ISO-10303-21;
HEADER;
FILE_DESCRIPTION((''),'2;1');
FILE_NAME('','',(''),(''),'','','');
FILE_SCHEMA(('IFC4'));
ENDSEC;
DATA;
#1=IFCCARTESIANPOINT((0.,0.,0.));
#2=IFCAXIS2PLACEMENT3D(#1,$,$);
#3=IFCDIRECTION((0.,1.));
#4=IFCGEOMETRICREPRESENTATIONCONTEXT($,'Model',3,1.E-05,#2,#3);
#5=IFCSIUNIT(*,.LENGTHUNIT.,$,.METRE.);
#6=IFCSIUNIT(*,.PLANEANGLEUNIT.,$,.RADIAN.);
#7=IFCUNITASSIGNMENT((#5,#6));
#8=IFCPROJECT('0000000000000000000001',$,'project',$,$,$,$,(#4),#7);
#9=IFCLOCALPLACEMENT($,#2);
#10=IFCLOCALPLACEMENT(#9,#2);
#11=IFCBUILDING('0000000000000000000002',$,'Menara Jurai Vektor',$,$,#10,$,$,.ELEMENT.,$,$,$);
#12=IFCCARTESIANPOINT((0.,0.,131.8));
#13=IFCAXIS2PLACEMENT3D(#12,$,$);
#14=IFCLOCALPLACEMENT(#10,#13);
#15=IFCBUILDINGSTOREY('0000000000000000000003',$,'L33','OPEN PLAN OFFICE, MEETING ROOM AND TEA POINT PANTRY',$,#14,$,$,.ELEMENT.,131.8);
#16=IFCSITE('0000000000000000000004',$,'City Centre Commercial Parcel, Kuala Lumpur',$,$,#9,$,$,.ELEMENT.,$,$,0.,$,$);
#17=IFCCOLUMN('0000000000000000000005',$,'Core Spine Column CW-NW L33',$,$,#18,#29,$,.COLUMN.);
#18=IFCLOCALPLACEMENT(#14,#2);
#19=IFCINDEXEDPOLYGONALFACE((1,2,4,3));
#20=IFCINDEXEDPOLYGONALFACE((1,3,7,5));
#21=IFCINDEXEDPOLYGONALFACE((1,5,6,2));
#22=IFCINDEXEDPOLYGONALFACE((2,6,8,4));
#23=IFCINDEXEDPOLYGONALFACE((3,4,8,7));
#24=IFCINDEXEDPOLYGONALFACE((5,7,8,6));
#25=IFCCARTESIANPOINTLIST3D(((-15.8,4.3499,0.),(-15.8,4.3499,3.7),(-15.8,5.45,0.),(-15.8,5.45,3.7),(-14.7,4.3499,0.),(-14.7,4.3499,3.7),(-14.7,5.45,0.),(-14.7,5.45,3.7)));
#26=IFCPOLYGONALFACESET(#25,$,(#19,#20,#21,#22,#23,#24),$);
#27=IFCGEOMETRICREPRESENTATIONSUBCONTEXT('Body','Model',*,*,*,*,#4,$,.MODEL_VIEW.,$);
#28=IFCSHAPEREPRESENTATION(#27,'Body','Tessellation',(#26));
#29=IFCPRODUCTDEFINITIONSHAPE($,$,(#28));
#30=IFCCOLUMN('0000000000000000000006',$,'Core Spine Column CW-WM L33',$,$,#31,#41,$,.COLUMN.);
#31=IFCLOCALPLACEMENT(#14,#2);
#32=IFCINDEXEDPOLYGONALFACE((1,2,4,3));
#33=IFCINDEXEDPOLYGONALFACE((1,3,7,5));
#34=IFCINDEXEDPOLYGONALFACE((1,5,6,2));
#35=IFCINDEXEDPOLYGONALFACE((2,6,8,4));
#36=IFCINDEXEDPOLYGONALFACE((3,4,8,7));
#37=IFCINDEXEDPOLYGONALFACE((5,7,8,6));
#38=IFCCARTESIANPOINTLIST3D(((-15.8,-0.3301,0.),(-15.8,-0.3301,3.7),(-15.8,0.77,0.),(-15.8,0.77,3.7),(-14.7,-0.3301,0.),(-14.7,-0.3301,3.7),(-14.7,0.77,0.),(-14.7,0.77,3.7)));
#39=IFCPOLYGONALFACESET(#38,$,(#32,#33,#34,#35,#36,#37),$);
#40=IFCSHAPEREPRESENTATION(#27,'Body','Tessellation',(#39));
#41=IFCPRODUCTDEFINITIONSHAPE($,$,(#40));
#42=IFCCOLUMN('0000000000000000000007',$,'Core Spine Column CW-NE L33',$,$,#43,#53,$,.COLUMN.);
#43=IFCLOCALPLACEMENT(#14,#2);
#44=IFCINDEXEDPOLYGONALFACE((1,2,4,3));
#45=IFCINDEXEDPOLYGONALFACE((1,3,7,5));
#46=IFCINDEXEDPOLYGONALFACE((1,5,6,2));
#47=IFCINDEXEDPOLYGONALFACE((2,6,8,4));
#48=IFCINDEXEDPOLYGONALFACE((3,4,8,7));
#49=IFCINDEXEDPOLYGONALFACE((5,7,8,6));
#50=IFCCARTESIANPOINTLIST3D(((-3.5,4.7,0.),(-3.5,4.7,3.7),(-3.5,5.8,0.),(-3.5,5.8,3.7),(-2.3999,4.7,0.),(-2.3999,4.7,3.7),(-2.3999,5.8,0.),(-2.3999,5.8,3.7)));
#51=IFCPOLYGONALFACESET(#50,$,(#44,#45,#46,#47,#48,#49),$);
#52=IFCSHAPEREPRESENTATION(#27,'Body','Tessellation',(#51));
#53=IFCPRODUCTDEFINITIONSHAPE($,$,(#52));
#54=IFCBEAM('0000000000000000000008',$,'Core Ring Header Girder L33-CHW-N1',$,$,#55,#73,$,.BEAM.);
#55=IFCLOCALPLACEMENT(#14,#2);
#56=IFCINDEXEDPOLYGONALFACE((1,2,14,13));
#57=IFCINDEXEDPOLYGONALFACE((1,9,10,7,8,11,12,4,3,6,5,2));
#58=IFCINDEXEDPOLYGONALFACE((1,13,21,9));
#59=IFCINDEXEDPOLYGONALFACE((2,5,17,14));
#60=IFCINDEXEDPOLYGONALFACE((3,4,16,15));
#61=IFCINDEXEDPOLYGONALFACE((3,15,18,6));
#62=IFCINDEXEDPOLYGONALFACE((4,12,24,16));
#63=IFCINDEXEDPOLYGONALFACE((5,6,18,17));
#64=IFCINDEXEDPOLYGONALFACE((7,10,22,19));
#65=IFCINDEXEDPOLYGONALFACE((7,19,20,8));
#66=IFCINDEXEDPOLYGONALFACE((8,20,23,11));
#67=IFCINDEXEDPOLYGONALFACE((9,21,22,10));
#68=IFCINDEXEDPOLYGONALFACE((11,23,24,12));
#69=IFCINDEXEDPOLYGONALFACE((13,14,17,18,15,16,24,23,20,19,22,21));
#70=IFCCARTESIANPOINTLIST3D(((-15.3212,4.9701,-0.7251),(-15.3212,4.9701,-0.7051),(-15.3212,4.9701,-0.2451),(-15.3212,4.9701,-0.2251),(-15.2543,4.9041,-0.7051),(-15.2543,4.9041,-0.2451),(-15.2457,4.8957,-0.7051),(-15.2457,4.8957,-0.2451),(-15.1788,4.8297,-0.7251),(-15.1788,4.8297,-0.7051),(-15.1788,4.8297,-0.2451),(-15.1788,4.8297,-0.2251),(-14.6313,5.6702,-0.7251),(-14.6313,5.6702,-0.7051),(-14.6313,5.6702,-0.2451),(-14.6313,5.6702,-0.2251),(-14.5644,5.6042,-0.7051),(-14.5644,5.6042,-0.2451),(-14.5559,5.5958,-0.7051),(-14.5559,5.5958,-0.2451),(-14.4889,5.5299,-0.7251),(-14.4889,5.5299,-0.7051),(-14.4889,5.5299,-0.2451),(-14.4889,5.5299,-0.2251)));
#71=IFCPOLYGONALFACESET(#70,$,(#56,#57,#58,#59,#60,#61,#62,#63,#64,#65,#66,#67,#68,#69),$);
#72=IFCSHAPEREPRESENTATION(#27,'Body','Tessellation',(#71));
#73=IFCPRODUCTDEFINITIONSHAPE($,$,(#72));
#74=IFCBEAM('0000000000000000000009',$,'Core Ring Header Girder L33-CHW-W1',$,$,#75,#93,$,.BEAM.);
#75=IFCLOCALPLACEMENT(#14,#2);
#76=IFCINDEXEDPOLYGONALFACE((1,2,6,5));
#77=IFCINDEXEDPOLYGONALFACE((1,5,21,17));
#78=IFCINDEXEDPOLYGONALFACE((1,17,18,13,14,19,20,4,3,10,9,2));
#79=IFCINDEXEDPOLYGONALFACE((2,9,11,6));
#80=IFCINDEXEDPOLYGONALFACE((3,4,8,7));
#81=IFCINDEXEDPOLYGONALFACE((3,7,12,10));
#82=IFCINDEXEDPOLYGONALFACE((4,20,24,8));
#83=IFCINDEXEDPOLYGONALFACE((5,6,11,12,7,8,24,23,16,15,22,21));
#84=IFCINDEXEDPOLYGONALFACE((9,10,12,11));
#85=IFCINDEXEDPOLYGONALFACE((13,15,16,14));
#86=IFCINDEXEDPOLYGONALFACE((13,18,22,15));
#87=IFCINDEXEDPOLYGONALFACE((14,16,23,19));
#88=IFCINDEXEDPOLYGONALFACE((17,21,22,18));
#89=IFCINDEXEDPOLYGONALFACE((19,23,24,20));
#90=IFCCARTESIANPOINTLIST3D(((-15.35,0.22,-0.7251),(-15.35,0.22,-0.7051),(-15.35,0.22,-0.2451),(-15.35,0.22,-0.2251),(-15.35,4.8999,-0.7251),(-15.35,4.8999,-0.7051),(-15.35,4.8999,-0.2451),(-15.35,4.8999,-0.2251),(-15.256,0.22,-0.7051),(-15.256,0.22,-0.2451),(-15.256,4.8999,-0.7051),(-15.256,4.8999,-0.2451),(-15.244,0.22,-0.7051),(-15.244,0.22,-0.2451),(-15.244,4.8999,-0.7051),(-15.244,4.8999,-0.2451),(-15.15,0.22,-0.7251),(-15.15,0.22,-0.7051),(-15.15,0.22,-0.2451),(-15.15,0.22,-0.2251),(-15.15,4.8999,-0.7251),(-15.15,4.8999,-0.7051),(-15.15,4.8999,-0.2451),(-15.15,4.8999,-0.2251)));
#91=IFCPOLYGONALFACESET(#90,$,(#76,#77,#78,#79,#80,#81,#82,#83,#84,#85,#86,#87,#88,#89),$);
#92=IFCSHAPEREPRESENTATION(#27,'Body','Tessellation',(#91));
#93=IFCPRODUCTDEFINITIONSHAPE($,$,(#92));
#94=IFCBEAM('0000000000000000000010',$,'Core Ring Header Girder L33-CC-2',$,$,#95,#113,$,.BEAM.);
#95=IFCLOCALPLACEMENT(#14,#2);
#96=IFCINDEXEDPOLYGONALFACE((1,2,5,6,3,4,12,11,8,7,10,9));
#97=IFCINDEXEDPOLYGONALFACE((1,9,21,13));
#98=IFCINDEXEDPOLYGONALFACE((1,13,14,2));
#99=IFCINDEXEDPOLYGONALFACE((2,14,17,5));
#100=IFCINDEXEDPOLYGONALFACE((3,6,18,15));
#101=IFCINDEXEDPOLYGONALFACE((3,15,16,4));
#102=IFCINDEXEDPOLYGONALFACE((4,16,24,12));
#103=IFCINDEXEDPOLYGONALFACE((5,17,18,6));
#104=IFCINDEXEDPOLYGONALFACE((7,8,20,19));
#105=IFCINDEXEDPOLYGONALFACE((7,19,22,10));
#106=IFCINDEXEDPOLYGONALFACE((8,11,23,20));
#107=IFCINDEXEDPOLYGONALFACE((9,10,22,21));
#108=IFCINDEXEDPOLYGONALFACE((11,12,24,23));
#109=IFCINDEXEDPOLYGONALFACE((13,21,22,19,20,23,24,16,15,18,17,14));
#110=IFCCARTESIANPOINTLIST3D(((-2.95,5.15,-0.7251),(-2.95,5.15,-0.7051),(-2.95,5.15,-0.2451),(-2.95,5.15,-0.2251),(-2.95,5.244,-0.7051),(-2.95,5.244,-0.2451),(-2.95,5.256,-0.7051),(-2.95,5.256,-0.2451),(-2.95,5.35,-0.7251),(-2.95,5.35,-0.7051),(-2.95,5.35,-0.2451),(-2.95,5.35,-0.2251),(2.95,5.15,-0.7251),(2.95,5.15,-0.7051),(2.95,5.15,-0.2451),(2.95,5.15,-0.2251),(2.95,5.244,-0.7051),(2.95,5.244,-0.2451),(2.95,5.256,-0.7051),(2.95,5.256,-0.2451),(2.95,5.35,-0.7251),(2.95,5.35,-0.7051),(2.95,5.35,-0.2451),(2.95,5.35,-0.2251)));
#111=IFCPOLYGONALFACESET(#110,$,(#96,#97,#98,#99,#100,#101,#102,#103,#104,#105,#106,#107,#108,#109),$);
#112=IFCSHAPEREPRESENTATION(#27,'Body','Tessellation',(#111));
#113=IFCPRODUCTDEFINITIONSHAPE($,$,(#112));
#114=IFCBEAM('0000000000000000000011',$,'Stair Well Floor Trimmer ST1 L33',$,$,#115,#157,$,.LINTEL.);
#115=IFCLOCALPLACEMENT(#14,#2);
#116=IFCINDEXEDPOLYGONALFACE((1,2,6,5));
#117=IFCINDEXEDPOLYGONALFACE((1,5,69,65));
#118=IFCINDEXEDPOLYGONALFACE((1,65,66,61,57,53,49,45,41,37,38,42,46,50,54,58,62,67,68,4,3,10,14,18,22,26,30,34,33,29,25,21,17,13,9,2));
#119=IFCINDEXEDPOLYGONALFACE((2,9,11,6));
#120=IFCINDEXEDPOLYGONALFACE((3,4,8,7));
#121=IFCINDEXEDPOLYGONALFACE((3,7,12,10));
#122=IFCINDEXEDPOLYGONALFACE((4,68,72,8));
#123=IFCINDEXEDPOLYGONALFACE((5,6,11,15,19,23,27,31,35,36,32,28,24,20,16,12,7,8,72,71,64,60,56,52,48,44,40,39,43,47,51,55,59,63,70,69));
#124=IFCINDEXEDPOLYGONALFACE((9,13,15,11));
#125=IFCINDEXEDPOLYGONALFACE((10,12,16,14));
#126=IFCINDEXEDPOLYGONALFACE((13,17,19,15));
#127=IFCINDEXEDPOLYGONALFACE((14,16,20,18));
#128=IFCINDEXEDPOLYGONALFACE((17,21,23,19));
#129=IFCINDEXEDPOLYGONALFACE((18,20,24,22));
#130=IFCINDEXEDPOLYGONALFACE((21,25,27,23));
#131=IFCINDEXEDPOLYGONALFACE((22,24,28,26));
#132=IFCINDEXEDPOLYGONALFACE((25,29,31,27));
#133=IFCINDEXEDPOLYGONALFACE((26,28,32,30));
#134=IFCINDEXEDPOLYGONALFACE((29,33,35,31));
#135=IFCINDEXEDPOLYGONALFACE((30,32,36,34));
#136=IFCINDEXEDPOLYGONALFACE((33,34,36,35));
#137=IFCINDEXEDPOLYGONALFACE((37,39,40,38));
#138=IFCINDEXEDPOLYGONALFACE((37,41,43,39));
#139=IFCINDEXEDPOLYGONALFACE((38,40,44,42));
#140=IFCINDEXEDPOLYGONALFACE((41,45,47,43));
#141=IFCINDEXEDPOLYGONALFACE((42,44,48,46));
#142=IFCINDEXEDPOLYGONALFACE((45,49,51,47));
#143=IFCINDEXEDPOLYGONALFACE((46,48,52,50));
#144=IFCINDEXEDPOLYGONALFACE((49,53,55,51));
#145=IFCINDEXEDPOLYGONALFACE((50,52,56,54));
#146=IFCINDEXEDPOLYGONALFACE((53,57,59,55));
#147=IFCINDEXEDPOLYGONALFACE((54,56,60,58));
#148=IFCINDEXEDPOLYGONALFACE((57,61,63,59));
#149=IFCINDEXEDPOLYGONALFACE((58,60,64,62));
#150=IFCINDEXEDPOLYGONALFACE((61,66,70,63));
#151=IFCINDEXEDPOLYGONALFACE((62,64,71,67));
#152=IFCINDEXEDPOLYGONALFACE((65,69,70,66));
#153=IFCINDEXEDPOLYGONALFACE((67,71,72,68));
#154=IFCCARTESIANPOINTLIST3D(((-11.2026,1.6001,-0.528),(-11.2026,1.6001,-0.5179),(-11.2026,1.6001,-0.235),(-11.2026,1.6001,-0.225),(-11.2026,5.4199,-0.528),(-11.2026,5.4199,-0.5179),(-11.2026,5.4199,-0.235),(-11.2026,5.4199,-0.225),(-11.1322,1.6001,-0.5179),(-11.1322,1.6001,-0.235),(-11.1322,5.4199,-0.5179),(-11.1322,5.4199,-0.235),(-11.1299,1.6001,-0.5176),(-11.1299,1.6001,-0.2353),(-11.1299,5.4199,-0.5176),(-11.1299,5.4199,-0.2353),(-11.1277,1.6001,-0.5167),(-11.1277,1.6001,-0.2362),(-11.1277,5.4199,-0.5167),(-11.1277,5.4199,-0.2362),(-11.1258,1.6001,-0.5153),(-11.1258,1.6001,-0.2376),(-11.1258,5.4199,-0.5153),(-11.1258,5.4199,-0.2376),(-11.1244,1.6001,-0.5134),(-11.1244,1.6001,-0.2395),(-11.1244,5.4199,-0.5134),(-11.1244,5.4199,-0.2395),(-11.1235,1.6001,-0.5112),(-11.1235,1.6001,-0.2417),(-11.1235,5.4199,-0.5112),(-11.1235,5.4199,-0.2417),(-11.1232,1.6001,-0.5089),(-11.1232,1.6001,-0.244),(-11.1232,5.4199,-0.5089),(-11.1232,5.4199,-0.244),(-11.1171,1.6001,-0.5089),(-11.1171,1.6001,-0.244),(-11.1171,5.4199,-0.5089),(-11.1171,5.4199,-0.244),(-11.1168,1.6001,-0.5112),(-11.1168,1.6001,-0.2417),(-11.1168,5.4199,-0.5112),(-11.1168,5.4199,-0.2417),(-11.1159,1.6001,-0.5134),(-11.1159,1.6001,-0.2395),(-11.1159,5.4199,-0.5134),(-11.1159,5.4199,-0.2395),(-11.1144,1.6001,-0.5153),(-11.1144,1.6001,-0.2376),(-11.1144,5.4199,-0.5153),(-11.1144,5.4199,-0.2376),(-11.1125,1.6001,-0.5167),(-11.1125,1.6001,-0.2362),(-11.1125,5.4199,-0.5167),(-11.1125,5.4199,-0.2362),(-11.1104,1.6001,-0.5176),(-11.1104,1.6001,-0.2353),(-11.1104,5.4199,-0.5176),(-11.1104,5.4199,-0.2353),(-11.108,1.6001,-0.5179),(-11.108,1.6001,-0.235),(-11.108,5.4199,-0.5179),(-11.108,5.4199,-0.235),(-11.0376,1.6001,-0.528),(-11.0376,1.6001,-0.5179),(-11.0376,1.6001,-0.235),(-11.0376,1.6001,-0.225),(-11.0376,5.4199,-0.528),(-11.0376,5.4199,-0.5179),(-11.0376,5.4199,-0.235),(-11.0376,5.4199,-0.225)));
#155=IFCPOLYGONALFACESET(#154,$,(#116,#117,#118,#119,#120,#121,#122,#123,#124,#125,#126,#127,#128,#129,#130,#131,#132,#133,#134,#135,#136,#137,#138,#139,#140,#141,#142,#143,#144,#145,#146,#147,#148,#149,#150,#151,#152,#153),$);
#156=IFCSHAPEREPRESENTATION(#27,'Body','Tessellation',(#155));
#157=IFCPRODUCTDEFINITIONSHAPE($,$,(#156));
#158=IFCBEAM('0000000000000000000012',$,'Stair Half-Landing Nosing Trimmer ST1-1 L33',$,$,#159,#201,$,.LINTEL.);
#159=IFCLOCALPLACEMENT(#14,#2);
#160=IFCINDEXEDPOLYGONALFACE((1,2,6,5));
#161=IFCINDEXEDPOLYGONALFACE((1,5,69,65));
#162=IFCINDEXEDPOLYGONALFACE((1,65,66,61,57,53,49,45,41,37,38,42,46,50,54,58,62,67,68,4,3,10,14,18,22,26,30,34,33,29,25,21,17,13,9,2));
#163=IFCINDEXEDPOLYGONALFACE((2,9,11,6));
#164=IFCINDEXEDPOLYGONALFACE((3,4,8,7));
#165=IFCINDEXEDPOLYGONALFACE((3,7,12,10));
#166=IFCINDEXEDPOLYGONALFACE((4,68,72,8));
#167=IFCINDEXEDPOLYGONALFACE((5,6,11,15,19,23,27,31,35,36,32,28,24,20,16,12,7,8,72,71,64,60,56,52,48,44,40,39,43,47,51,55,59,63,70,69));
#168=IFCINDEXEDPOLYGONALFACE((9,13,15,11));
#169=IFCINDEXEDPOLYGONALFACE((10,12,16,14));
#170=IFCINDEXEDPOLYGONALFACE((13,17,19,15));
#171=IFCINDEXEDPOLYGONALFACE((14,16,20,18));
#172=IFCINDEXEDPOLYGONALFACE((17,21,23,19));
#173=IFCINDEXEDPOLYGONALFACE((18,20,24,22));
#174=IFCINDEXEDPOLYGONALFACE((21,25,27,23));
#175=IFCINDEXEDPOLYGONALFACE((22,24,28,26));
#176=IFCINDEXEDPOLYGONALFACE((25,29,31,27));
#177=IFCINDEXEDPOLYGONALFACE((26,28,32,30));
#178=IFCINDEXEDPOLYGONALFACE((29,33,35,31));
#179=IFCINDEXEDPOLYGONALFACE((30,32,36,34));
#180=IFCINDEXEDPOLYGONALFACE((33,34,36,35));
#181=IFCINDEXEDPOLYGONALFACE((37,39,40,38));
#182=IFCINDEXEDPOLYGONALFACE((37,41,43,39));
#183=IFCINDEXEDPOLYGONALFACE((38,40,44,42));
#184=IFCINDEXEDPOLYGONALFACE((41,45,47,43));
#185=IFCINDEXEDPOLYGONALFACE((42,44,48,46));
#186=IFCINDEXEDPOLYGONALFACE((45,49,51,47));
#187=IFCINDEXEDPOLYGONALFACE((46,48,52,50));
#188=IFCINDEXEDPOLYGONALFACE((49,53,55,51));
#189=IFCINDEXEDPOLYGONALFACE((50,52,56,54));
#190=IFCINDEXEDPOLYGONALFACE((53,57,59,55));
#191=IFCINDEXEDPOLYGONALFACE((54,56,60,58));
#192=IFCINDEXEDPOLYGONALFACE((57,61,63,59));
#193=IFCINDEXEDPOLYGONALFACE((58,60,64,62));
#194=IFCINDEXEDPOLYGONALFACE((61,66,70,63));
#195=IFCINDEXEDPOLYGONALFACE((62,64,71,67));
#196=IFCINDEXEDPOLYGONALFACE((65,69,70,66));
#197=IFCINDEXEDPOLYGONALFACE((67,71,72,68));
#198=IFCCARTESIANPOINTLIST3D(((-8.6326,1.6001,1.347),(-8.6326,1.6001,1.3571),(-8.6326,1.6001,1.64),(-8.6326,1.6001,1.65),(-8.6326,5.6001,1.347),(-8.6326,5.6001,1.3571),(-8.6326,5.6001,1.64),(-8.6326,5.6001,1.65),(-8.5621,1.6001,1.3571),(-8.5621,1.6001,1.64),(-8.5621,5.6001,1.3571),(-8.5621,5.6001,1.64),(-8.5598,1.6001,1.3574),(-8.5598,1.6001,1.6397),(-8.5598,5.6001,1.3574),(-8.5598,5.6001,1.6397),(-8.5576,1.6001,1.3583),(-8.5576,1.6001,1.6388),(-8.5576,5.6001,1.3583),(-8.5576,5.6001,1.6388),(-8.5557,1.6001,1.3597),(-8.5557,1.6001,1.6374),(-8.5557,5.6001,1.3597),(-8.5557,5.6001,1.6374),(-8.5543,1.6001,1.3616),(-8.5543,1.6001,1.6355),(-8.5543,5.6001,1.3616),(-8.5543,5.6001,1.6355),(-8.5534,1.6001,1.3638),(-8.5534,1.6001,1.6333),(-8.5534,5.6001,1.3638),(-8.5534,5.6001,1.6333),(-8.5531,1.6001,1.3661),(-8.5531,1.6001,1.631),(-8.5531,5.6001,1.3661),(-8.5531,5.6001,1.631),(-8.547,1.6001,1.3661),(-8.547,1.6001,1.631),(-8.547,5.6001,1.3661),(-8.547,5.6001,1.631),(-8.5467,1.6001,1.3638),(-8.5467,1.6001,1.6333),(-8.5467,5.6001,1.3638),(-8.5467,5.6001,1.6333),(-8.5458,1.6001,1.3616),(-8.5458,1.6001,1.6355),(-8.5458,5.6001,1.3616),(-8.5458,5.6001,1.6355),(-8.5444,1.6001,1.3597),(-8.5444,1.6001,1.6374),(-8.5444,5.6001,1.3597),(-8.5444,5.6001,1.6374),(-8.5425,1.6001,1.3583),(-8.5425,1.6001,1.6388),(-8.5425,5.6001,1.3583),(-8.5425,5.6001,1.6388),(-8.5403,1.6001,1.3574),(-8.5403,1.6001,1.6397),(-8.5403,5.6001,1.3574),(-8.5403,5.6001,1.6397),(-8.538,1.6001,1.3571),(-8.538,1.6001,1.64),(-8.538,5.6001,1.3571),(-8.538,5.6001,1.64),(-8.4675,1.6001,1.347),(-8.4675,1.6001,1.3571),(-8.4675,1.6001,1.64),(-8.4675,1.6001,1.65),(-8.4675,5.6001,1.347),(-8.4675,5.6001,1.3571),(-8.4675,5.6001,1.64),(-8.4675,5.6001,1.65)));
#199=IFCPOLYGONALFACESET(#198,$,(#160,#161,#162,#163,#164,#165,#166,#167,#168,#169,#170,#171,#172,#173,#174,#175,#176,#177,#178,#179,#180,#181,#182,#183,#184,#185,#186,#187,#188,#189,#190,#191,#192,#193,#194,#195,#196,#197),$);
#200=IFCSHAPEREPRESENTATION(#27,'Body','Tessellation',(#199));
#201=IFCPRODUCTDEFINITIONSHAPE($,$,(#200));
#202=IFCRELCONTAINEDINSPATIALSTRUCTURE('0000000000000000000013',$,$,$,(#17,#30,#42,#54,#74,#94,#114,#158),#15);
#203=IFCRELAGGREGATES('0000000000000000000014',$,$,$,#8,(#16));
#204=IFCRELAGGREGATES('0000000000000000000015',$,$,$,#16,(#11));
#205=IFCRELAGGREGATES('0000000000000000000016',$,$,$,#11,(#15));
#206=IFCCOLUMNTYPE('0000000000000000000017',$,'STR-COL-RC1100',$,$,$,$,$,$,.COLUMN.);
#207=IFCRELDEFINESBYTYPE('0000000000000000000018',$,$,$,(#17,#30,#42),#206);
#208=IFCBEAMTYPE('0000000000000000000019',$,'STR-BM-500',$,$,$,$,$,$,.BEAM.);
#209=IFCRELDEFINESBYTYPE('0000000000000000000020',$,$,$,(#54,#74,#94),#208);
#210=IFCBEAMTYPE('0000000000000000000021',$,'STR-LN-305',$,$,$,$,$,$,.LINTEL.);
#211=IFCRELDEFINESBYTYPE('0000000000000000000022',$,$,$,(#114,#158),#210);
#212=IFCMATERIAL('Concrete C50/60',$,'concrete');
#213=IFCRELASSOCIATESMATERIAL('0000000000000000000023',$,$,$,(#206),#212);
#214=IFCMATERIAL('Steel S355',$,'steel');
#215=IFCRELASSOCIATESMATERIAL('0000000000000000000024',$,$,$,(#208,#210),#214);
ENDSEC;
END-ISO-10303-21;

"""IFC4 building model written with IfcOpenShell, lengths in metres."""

from ifc_helpers import new_model, si_unit, direction, frame, origin, origin_2d, place, context, subcontext, project, spatial, rectangle, i_section, extrude, material, material_profile, profile_set, type_object, element, save


model = new_model("IFC4")

# Units and contexts
model_context = context("Model", 3, precision=1e-05, world=origin(), true_north=direction((0.0, 1.0)))
body_context = subcontext(model_context, "Body", "Model", "MODEL_VIEW")
ifc_project = project(units=[si_unit("LENGTHUNIT", "METRE"), si_unit("PLANEANGLEUNIT", "RADIAN")], contexts=[model_context])

# Site, building, storey
site_placement = place(None, origin())
site = spatial("IfcSite", under=ifc_project, at=site_placement, Name="City Centre Commercial Parcel, Kuala Lumpur", CompositionType="ELEMENT", RefElevation=0.0)
building_placement = place(site_placement, origin())
building = spatial("IfcBuilding", under=site, at=building_placement, Name="Menara Jurai Vektor", CompositionType="ELEMENT")
storey_placement = place(building_placement, frame((0.0, 0.0, 131.8)))
storey = spatial("IfcBuildingStorey", under=building, at=storey_placement, Name="L33", Description="OPEN PLAN OFFICE, MEETING ROOM AND TEA POINT PANTRY", CompositionType="ELEMENT", Elevation=131.8)

# Columns
ifc_material_1 = material(Name="Concrete C50/60", Category="concrete")
ifc_material_profile_1 = material_profile(ifc_material_1, rectangle(XDim=1.1001, YDim=1.1001, at=origin_2d()), Name="RC 1100x1100")
ifc_profile_set_1 = profile_set([ifc_material_profile_1], Name="Concrete C50/60")
column_type = type_object("IfcColumnType", Name="STR-COL-RC1100", PredefinedType="COLUMN", material=ifc_profile_set_1)
for number, where, z_axis, x_axis, name in (
    (1, (-15.25, 4.8999, 0.0), (0.0, 0.0, 1.0), (1.0, 0.0, 0.0), "Core Spine Column CW-NW L33"),
    (2, (-15.25, 0.22, 0.0), (0.0, 0.0, 1.0), (1.0, 0.0, 0.0), "Core Spine Column CW-WM L33"),
    (3, (-2.95, 5.25, 0.0), (0.0, 0.0, 1.0), (1.0, 0.0, 0.0), "Core Spine Column CW-NE L33"),
):
    element("IfcColumn", number, at=place(storey_placement, frame(where, z_axis=z_axis, x_axis=x_axis)), inside=storey, type_object=column_type, Name=name, PredefinedType="COLUMN", context=body_context, shape_type="SweptSolid", body=[
        extrude(rectangle(XDim=1.1001, YDim=1.1001, at=origin_2d()), origin(), (0.0, 0.0, 1.0), 3.7),
    ])

# Beams
ifc_material_2 = material(Name="Steel S355", Category="steel")
ifc_material_profile_2 = material_profile(ifc_material_2, i_section(OverallWidth=0.2, OverallDepth=0.5, WebThickness=0.012, FlangeThickness=0.02, at=origin_2d()), Name="PG 500x200x96")
ifc_profile_set_2 = profile_set([ifc_material_profile_2], Name="Steel S355")
beam_type_1 = type_object("IfcBeamType", Name="STR-BM-500", PredefinedType="BEAM", material=ifc_profile_set_2)
beam_1_placement = place(storey_placement, frame((-15.25, 4.8999, -0.4751), z_axis=(0.701872, 0.712303, 0.0), x_axis=(-0.712303, 0.701872, 0.0)))
element("IfcBeam", 4, at=beam_1_placement, inside=storey, type_object=beam_type_1, Name="Core Ring Header Girder L33-CHW-N1", PredefinedType="BEAM", context=body_context, shape_type="SweptSolid", body=[
    extrude(i_section(OverallWidth=0.2, OverallDepth=0.5, WebThickness=0.012, FlangeThickness=0.02, at=origin_2d()), origin(), (0.0, 0.0, 1.0), 0.9829),
])
beam_2_placement = place(storey_placement, frame((-15.25, 0.22, -0.4751), z_axis=(0.0, 1.0, 0.0), x_axis=(-1.0, 0.0, 0.0)))
element("IfcBeam", 5, at=beam_2_placement, inside=storey, type_object=beam_type_1, Name="Core Ring Header Girder L33-CHW-W1", PredefinedType="BEAM", context=body_context, shape_type="SweptSolid", body=[
    extrude(i_section(OverallWidth=0.2, OverallDepth=0.5, WebThickness=0.012, FlangeThickness=0.02, at=origin_2d()), origin(), (0.0, 0.0, 1.0), 4.6799),
])
beam_3_placement = place(storey_placement, frame((-2.95, 5.25, -0.4751), z_axis=(1.0, 0.0, 0.0), x_axis=(0.0, 1.0, 0.0)))
element("IfcBeam", 6, at=beam_3_placement, inside=storey, type_object=beam_type_1, Name="Core Ring Header Girder L33-CC-2", PredefinedType="BEAM", context=body_context, shape_type="SweptSolid", body=[
    extrude(i_section(OverallWidth=0.2, OverallDepth=0.5, WebThickness=0.012, FlangeThickness=0.02, at=origin_2d()), origin(), (0.0, 0.0, 1.0), 5.8999),
])
ifc_material_profile_3 = material_profile(ifc_material_2, i_section(OverallWidth=0.165, OverallDepth=0.303, WebThickness=0.0061, FlangeThickness=0.01, FilletRadius=0.009, at=origin_2d()), Name="UKB 305x165x40")
ifc_profile_set_3 = profile_set([ifc_material_profile_3], Name="Steel S355")
beam_type_2 = type_object("IfcBeamType", Name="STR-LN-305", PredefinedType="LINTEL", material=ifc_profile_set_3)
beam_4_placement = place(storey_placement, frame((-11.1201, 1.6001, -0.3765), z_axis=(0.0, 1.0, 0.0), x_axis=(-1.0, 0.0, 0.0)))
element("IfcBeam", 7, at=beam_4_placement, inside=storey, type_object=beam_type_2, Name="Stair Well Floor Trimmer ST1 L33", PredefinedType="LINTEL", context=body_context, shape_type="SweptSolid", body=[
    extrude(i_section(OverallWidth=0.165, OverallDepth=0.303, WebThickness=0.0061, FlangeThickness=0.01, FilletRadius=0.009, at=origin_2d()), origin(), (0.0, 0.0, 1.0), 3.8198),
])
beam_5_placement = place(storey_placement, frame((-8.55, 1.6001, 1.4985), z_axis=(0.0, 1.0, 0.0), x_axis=(-1.0, 0.0, 0.0)))
element("IfcBeam", 8, at=beam_5_placement, inside=storey, type_object=beam_type_2, Name="Stair Half-Landing Nosing Trimmer ST1-1 L33", PredefinedType="LINTEL", context=body_context, shape_type="SweptSolid", body=[
    extrude(i_section(OverallWidth=0.165, OverallDepth=0.303, WebThickness=0.0061, FlangeThickness=0.01, FilletRadius=0.009, at=origin_2d()), origin(), (0.0, 0.0, 1.0), 4.0),
])

save(model, "model.ifc")
